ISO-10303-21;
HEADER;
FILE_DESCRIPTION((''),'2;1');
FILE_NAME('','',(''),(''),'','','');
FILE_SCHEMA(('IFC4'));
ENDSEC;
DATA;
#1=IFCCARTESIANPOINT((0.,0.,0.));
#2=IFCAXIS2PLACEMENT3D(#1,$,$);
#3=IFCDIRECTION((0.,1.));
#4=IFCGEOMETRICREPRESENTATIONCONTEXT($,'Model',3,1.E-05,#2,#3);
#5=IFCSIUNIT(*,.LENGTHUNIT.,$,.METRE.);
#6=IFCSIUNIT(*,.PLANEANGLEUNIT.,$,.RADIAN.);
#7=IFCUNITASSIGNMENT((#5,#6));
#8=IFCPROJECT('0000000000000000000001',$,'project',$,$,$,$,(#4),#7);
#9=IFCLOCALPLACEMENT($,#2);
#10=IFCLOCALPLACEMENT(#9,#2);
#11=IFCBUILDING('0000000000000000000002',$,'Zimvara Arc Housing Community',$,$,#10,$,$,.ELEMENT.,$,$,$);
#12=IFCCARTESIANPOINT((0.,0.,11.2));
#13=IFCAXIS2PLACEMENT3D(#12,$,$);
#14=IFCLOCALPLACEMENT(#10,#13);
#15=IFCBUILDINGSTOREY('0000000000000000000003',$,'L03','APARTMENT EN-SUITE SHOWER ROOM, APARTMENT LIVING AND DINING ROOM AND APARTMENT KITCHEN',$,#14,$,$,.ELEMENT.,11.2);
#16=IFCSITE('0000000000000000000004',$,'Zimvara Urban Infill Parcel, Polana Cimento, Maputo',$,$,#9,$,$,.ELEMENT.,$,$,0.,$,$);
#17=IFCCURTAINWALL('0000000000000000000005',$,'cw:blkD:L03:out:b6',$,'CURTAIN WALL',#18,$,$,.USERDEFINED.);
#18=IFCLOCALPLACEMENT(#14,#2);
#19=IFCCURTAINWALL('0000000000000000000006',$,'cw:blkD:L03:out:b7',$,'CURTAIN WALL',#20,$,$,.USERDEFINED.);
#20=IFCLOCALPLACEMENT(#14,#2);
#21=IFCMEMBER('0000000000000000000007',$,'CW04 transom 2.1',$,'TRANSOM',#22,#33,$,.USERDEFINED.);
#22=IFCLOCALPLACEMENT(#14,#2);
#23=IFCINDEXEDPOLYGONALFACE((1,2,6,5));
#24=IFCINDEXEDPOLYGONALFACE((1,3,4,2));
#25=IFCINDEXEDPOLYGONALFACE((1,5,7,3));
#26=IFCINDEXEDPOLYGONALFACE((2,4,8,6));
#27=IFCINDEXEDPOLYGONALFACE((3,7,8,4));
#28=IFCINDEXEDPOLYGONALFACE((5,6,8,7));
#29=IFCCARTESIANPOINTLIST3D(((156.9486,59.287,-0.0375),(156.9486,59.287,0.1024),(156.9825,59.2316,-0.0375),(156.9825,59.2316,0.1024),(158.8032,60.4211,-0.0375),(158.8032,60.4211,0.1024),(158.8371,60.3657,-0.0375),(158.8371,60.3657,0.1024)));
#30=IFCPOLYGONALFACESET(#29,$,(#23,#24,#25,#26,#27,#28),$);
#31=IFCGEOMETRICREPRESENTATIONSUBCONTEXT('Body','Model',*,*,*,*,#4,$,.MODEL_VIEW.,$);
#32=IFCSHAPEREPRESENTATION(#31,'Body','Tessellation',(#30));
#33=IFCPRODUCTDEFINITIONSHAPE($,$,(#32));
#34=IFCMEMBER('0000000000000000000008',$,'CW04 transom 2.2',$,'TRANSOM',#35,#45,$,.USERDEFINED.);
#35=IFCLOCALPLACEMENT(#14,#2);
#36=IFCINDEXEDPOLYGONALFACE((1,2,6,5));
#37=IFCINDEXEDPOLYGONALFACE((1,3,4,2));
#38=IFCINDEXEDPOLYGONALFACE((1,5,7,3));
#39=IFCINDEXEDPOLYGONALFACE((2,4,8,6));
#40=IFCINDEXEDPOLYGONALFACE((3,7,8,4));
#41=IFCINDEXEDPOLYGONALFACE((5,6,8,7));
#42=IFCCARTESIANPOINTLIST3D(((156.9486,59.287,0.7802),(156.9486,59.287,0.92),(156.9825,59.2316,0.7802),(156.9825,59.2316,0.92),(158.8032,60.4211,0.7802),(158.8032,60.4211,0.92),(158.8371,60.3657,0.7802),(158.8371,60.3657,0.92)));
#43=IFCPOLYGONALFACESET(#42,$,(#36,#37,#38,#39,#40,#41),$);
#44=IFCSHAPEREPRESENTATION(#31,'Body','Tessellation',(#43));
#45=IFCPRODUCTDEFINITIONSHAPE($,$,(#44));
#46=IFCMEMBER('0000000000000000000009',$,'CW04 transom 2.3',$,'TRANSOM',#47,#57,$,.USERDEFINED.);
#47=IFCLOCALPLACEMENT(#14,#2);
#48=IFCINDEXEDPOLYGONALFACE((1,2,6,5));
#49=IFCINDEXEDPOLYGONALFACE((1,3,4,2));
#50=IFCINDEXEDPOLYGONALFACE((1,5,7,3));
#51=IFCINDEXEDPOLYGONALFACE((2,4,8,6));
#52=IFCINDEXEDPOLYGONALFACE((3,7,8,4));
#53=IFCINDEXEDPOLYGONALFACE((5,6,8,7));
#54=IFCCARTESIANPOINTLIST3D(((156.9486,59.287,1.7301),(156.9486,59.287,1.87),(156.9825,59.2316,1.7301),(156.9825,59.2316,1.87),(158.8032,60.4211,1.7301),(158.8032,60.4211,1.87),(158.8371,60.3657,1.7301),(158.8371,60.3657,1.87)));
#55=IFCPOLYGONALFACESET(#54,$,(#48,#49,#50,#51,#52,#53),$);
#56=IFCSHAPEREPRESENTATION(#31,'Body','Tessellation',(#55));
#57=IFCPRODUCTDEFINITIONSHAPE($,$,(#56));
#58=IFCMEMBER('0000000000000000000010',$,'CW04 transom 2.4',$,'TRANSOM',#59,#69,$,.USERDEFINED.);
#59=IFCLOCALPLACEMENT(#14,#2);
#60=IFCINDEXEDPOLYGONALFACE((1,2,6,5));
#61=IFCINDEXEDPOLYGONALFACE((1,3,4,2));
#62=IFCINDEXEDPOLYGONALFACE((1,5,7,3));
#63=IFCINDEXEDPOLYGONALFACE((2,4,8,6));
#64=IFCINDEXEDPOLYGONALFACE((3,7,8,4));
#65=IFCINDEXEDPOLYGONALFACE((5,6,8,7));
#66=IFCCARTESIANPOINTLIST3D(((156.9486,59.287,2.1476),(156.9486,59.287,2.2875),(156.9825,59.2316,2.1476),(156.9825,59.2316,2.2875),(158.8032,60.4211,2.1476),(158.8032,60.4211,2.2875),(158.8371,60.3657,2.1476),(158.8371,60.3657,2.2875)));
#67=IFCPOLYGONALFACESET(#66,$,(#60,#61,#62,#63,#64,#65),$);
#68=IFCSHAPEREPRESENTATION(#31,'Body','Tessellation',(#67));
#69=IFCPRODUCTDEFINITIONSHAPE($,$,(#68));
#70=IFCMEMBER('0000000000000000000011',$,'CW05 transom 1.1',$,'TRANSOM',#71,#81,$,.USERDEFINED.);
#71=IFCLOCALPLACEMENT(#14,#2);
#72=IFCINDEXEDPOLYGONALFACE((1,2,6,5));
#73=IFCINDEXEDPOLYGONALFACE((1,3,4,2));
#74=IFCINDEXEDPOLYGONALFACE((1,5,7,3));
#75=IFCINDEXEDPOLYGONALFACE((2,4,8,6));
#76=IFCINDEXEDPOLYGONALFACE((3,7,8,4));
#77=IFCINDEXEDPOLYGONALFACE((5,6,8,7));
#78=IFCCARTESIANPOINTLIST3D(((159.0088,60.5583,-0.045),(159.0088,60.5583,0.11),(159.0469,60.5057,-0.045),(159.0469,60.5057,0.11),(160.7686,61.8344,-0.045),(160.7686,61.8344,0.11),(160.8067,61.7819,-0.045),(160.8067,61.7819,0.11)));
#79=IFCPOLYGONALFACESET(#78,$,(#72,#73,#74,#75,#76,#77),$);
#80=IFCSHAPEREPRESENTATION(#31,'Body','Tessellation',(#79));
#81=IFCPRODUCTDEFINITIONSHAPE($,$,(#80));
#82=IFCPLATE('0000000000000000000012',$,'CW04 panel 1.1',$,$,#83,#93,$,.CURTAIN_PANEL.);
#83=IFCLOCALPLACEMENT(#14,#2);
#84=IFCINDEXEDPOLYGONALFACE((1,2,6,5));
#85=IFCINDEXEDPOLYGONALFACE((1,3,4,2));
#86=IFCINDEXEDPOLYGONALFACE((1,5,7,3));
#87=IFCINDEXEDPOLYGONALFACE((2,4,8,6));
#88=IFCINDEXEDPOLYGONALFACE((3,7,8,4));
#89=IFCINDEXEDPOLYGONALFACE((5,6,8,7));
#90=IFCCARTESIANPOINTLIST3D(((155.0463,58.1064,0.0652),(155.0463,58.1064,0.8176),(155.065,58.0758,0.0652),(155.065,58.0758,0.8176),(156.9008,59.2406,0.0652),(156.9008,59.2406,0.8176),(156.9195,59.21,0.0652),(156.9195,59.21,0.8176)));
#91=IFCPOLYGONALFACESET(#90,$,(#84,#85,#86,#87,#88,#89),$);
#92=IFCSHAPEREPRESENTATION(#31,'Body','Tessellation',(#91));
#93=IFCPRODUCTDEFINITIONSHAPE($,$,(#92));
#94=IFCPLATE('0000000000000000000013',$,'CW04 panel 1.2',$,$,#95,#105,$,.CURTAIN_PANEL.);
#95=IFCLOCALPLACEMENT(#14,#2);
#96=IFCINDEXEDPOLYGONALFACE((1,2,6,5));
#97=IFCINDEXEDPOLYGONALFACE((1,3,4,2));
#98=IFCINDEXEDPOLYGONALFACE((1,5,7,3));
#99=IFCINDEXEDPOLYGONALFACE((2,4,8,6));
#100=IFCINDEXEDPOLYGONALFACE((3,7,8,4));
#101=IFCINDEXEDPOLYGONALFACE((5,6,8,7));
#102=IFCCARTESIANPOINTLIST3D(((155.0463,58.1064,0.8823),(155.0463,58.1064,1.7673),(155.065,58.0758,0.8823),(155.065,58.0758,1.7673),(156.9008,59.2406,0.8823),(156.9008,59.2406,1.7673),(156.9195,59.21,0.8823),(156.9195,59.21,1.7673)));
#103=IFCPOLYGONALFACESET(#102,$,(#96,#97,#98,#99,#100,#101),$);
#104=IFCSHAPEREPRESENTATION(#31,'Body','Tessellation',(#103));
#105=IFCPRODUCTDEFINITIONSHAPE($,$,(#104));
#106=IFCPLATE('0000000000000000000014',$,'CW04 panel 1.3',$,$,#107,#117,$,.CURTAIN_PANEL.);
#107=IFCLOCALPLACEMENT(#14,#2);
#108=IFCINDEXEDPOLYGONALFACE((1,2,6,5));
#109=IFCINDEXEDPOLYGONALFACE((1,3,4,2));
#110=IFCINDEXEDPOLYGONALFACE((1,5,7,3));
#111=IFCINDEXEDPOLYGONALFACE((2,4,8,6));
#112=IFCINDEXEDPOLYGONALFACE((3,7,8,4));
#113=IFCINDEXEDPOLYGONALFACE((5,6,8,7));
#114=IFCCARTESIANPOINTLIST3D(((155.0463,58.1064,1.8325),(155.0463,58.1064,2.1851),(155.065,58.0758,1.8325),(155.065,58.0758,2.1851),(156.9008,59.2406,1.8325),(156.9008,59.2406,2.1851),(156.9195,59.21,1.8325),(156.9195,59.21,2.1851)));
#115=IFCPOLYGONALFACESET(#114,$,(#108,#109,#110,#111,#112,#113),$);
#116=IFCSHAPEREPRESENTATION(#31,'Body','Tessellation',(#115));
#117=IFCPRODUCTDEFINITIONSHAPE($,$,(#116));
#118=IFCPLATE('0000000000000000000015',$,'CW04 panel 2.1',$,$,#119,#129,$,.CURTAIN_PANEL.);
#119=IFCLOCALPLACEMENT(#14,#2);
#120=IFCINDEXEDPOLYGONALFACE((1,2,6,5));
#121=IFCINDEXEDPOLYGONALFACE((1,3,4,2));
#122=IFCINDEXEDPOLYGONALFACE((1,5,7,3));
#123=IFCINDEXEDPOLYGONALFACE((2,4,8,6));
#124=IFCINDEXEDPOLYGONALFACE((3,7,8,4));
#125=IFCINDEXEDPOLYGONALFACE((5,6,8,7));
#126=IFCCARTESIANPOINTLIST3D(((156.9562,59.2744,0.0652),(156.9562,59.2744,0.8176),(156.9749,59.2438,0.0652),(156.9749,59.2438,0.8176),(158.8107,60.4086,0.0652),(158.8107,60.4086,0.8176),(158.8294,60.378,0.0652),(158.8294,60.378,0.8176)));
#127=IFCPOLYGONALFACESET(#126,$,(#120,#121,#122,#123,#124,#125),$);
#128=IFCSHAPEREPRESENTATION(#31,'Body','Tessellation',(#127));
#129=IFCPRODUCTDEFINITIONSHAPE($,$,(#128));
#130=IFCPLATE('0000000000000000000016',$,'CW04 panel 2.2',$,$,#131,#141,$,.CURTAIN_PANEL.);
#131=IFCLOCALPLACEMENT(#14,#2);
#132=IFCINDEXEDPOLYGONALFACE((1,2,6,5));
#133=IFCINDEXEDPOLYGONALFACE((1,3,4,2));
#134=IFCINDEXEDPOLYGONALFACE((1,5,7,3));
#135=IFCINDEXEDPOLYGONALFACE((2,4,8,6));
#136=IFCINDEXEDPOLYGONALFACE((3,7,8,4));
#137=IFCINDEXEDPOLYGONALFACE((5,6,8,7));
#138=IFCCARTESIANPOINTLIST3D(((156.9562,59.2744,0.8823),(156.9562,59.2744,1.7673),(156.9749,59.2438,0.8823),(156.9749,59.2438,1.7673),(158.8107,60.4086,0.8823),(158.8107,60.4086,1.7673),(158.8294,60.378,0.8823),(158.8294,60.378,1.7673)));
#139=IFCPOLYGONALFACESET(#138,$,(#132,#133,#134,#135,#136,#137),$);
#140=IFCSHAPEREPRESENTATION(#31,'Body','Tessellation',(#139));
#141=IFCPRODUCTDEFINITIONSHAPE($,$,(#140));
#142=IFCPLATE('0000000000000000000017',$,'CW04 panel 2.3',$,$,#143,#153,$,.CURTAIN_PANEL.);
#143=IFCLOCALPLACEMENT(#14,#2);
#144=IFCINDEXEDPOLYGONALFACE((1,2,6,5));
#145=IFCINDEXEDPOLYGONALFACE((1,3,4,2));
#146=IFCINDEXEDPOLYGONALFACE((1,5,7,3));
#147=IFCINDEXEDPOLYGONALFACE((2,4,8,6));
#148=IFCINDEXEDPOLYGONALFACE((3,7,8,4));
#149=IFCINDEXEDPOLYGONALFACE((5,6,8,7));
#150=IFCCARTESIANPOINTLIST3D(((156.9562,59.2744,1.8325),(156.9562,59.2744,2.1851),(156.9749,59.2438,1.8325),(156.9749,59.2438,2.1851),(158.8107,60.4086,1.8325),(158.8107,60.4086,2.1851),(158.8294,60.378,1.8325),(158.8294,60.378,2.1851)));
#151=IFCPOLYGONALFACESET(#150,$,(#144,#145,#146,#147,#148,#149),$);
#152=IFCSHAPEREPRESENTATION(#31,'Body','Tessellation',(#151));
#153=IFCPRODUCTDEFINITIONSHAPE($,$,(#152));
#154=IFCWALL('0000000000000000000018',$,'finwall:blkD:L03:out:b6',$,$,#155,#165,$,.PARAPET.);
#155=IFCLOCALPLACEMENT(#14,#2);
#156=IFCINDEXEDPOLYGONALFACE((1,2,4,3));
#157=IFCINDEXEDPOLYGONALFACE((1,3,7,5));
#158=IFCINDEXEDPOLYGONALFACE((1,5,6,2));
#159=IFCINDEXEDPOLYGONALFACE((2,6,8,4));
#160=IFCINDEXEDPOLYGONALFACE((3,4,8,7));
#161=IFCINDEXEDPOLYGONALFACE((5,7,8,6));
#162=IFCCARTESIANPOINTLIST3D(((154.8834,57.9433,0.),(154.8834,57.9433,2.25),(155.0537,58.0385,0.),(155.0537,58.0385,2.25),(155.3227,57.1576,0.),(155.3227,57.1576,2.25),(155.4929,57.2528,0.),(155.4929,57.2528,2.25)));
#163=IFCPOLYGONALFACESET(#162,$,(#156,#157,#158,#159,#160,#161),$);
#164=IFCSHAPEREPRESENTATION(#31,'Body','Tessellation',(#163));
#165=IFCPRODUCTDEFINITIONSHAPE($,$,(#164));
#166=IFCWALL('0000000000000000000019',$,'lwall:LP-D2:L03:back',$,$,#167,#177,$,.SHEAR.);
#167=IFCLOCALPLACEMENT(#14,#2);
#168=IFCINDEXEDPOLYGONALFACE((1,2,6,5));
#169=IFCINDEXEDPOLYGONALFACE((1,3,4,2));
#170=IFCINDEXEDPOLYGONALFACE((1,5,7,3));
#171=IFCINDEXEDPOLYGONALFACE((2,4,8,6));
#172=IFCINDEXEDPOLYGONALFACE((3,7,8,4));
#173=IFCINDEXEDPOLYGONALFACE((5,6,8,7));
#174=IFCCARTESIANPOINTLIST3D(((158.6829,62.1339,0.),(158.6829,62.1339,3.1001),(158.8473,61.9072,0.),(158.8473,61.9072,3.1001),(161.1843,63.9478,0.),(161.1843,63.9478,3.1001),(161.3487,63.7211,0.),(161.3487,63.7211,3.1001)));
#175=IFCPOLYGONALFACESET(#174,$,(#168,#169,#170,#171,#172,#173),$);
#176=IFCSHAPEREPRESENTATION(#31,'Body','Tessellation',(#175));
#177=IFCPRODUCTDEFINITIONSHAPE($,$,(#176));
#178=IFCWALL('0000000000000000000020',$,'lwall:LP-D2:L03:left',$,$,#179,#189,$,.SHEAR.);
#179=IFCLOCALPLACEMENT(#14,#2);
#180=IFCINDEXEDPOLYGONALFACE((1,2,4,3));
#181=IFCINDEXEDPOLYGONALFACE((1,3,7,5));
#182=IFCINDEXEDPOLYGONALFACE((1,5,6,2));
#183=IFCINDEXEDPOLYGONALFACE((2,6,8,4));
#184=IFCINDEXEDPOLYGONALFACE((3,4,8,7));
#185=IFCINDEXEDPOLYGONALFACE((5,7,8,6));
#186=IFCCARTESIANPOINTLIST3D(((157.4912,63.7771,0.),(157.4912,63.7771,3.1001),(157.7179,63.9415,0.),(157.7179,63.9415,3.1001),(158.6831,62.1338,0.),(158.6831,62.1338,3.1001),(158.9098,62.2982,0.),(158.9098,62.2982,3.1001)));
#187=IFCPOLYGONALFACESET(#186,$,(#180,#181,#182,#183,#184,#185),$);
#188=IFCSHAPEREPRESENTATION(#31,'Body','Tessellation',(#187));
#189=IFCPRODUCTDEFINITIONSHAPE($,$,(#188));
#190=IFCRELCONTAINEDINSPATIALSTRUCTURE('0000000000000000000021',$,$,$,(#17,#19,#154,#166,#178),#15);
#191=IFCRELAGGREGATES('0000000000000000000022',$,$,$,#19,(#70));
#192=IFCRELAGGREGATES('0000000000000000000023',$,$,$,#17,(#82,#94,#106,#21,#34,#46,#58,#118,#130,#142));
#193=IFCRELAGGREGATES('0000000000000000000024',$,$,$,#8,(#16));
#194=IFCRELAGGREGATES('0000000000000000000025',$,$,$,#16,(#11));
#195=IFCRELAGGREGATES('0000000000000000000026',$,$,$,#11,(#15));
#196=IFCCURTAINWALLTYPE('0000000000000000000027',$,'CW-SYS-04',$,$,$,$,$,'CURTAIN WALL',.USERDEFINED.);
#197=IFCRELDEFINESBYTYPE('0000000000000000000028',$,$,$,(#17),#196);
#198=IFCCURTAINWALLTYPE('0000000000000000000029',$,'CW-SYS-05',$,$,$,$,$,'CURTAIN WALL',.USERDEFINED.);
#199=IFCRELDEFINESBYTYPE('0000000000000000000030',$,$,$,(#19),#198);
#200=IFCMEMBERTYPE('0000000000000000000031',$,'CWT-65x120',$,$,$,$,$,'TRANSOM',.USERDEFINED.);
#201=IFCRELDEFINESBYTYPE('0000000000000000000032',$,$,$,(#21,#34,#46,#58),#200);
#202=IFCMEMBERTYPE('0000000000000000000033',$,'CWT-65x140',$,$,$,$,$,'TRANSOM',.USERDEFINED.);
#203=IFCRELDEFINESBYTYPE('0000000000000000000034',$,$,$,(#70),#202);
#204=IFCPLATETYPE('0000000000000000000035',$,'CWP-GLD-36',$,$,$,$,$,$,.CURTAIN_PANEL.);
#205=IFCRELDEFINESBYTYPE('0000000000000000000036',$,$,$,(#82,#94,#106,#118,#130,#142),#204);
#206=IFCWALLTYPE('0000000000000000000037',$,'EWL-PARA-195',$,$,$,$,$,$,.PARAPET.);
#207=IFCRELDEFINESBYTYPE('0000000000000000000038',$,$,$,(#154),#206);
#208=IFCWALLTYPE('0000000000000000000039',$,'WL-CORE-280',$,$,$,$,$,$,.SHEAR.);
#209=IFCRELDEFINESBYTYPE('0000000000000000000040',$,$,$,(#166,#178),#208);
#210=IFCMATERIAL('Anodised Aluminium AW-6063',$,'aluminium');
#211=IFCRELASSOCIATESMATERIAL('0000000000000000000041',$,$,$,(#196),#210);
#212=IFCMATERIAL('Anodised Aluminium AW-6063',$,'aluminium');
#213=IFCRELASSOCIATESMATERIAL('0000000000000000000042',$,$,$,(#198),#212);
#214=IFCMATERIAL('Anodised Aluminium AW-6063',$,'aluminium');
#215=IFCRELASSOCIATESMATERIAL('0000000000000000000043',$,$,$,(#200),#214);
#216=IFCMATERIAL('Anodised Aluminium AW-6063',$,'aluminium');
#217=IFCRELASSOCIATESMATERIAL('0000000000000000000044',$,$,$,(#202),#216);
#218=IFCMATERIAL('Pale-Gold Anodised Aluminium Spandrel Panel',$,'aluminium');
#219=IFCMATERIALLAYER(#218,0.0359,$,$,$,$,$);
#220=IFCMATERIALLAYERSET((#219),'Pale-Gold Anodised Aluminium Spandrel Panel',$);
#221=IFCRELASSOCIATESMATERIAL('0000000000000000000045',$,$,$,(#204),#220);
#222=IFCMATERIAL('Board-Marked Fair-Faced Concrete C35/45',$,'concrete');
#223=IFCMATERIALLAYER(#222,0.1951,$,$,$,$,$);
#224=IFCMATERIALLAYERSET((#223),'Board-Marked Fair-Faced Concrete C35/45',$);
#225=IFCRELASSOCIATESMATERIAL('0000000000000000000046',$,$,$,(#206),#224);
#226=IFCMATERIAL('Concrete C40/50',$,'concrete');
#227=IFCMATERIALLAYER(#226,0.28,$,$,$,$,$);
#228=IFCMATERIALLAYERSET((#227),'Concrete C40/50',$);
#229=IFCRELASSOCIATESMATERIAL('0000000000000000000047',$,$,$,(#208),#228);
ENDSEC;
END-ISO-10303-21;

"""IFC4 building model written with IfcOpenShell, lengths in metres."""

from ifc_helpers import new_model, si_unit, direction, frame, frame_2d, origin, origin_2d, place, context, subcontext, project, spatial, rectangle, extrude, material, layer, layer_set, material_profile, profile_set, type_object, element, aggregate, save


model = new_model("IFC4")

# Units and contexts
model_context = context("Model", 3, precision=1e-05, world=origin(), true_north=direction((0.0, 1.0)))
body_context = subcontext(model_context, "Body", "Model", "MODEL_VIEW")
ifc_project = project(units=[si_unit("LENGTHUNIT", "METRE"), si_unit("PLANEANGLEUNIT", "RADIAN")], contexts=[model_context])

# Site, building, storey
site_placement = place(None, origin())
site = spatial("IfcSite", under=ifc_project, at=site_placement, Name="Zimvara Urban Infill Parcel, Polana Cimento, Maputo", CompositionType="ELEMENT", RefElevation=0.0)
building_placement = place(site_placement, origin())
building = spatial("IfcBuilding", under=site, at=building_placement, Name="Zimvara Arc Housing Community", CompositionType="ELEMENT")
storey_placement = place(building_placement, frame((0.0, 0.0, 11.2)))
storey = spatial("IfcBuildingStorey", under=building, at=storey_placement, Name="L03", Description="APARTMENT EN-SUITE SHOWER ROOM, APARTMENT LIVING AND DINING ROOM AND APARTMENT KITCHEN", CompositionType="ELEMENT", Elevation=11.2)

# Curtain wall
ifc_material_1 = material(Name="Anodised Aluminium AW-6063", Category="aluminium")
curtain_wall_type_1 = type_object("IfcCurtainWallType", Name="CW-SYS-04", ElementType="CURTAIN WALL", PredefinedType="USERDEFINED", material=ifc_material_1)
curtain_wall_1_placement = place(storey_placement, origin())
curtain_wall_1 = element("IfcCurtainWall", 1, at=curtain_wall_1_placement, inside=storey, type_object=curtain_wall_type_1, Name="cw:blkD:L03:out:b6", ObjectType="CURTAIN WALL", PredefinedType="USERDEFINED")

# Curtain wall
ifc_material_2 = material(Name="Anodised Aluminium AW-6063", Category="aluminium")
curtain_wall_type_2 = type_object("IfcCurtainWallType", Name="CW-SYS-05", ElementType="CURTAIN WALL", PredefinedType="USERDEFINED", material=ifc_material_2)
curtain_wall_2_placement = place(storey_placement, origin())
curtain_wall_2 = element("IfcCurtainWall", 2, at=curtain_wall_2_placement, inside=storey, type_object=curtain_wall_type_2, Name="cw:blkD:L03:out:b7", ObjectType="CURTAIN WALL", PredefinedType="USERDEFINED")

# Members
ifc_material_3 = material(Name="Anodised Aluminium AW-6063", Category="aluminium")
ifc_material_profile_1 = material_profile(ifc_material_3, rectangle(XDim=0.0649, YDim=0.1399, at=origin_2d()), Name="ALU 65x140")
ifc_profile_set_1 = profile_set([ifc_material_profile_1], Name="Anodised Aluminium AW-6063")
member_type_1 = type_object("IfcMemberType", Name="CWT-65x120", ElementType="TRANSOM", PredefinedType="USERDEFINED", material=ifc_profile_set_1)
member_1_placement = place(storey_placement, frame((156.9656, 59.2593, 0.0325), z_axis=(0.853132, 0.521695, 0.0), x_axis=(-0.521695, 0.853132, 0.0)))
member_1 = element("IfcMember", 3, at=member_1_placement, type_object=member_type_1, Name="CW04 transom 2.1", ObjectType="TRANSOM", PredefinedType="USERDEFINED", context=body_context, shape_type="SweptSolid", body=[
    extrude(rectangle(XDim=0.0649, YDim=0.1399, at=origin_2d()), origin(), (0.0, 0.0, 1.0), 2.1738),
])
member_2_placement = place(storey_placement, frame((156.9656, 59.2593, 0.8501), z_axis=(0.853132, 0.521695, 0.0), x_axis=(-0.521695, 0.853132, 0.0)))
member_2 = element("IfcMember", 4, at=member_2_placement, type_object=member_type_1, Name="CW04 transom 2.2", ObjectType="TRANSOM", PredefinedType="USERDEFINED", context=body_context, shape_type="SweptSolid", body=[
    extrude(rectangle(XDim=0.0649, YDim=0.1399, at=origin_2d()), origin(), (0.0, 0.0, 1.0), 2.1738),
])
member_3_placement = place(storey_placement, frame((156.9656, 59.2593, 1.8), z_axis=(0.853132, 0.521695, 0.0), x_axis=(-0.521695, 0.853132, 0.0)))
member_3 = element("IfcMember", 5, at=member_3_placement, type_object=member_type_1, Name="CW04 transom 2.3", ObjectType="TRANSOM", PredefinedType="USERDEFINED", context=body_context, shape_type="SweptSolid", body=[
    extrude(rectangle(XDim=0.0649, YDim=0.1399, at=origin_2d()), origin(), (0.0, 0.0, 1.0), 2.1738),
])
member_4_placement = place(storey_placement, frame((156.9656, 59.2593, 2.2175), z_axis=(0.853132, 0.521695, 0.0), x_axis=(-0.521695, 0.853132, 0.0)))
member_4 = element("IfcMember", 6, at=member_4_placement, type_object=member_type_1, Name="CW04 transom 2.4", ObjectType="TRANSOM", PredefinedType="USERDEFINED", context=body_context, shape_type="SweptSolid", body=[
    extrude(rectangle(XDim=0.0649, YDim=0.1399, at=origin_2d()), origin(), (0.0, 0.0, 1.0), 2.1738),
])
ifc_material_4 = material(Name="Anodised Aluminium AW-6063", Category="aluminium")
ifc_material_profile_2 = material_profile(ifc_material_4, rectangle(XDim=0.0649, YDim=0.155, at=origin_2d()), Name="ALU 65x155")
ifc_profile_set_2 = profile_set([ifc_material_profile_2], Name="Anodised Aluminium AW-6063")
member_type_2 = type_object("IfcMemberType", Name="CWT-65x140", ElementType="TRANSOM", PredefinedType="USERDEFINED", material=ifc_profile_set_2)
member_5_placement = place(storey_placement, frame((159.0278, 60.532, 0.0325), z_axis=(0.809546, 0.587056, 0.0), x_axis=(-0.587056, 0.809546, 0.0)))
member_5 = element("IfcMember", 7, at=member_5_placement, type_object=member_type_2, Name="CW05 transom 1.1", ObjectType="TRANSOM", PredefinedType="USERDEFINED", context=body_context, shape_type="SweptSolid", body=[
    extrude(rectangle(XDim=0.0649, YDim=0.155, at=origin_2d()), origin(), (0.0, 0.0, 1.0), 2.1738),
])
aggregate(curtain_wall_2, [member_5])

# Plates
ifc_material_5 = material(Name="Pale-Gold Anodised Aluminium Spandrel Panel", Category="aluminium")
ifc_layer_1 = layer(ifc_material_5, 0.0359)
ifc_layer_set_1 = layer_set([ifc_layer_1], Name="Pale-Gold Anodised Aluminium Spandrel Panel")
plate_type = type_object("IfcPlateType", Name="CWP-GLD-36", PredefinedType="CURTAIN_PANEL", material=ifc_layer_set_1)
plate_1_placement = place(storey_placement, frame((155.9829, 58.6582, 0.0652), z_axis=(0.0, 0.0, 1.0), x_axis=(0.853096, 0.521754, 0.0)))
plate_1 = element("IfcPlate", 8, at=plate_1_placement, type_object=plate_type, Name="CW04 panel 1.1", PredefinedType="CURTAIN_PANEL", context=body_context, shape_type="SweptSolid", body=[
    extrude(rectangle(XDim=2.1738, YDim=0.0359, at=origin_2d()), origin(), (0.0, 0.0, 1.0), 0.7524),
])
plate_2_placement = place(storey_placement, frame((155.9829, 58.6582, 0.8823), z_axis=(0.0, 0.0, 1.0), x_axis=(0.853096, 0.521754, 0.0)))
plate_2 = element("IfcPlate", 9, at=plate_2_placement, type_object=plate_type, Name="CW04 panel 1.2", PredefinedType="CURTAIN_PANEL", context=body_context, shape_type="SweptSolid", body=[
    extrude(rectangle(XDim=2.1738, YDim=0.0359, at=origin_2d()), origin(), (0.0, 0.0, 1.0), 0.885),
])
plate_3_placement = place(storey_placement, frame((155.9829, 58.6582, 1.8325), z_axis=(0.0, 0.0, 1.0), x_axis=(0.853096, 0.521754, 0.0)))
plate_3 = element("IfcPlate", 10, at=plate_3_placement, type_object=plate_type, Name="CW04 panel 1.3", PredefinedType="CURTAIN_PANEL", context=body_context, shape_type="SweptSolid", body=[
    extrude(rectangle(XDim=2.1738, YDim=0.0359, at=origin_2d()), origin(), (0.0, 0.0, 1.0), 0.3525),
])
plate_4_placement = place(storey_placement, frame((157.8928, 59.8262, 0.0652), z_axis=(0.0, 0.0, 1.0), x_axis=(0.853096, 0.521754, 0.0)))
plate_4 = element("IfcPlate", 11, at=plate_4_placement, type_object=plate_type, Name="CW04 panel 2.1", PredefinedType="CURTAIN_PANEL", context=body_context, shape_type="SweptSolid", body=[
    extrude(rectangle(XDim=2.1738, YDim=0.0359, at=origin_2d()), origin(), (0.0, 0.0, 1.0), 0.7524),
])
plate_5_placement = place(storey_placement, frame((157.8928, 59.8262, 0.8823), z_axis=(0.0, 0.0, 1.0), x_axis=(0.853096, 0.521754, 0.0)))
plate_5 = element("IfcPlate", 12, at=plate_5_placement, type_object=plate_type, Name="CW04 panel 2.2", PredefinedType="CURTAIN_PANEL", context=body_context, shape_type="SweptSolid", body=[
    extrude(rectangle(XDim=2.1738, YDim=0.0359, at=origin_2d()), origin(), (0.0, 0.0, 1.0), 0.885),
])
plate_6_placement = place(storey_placement, frame((157.8928, 59.8262, 1.8325), z_axis=(0.0, 0.0, 1.0), x_axis=(0.853096, 0.521754, 0.0)))
plate_6 = element("IfcPlate", 13, at=plate_6_placement, type_object=plate_type, Name="CW04 panel 2.3", PredefinedType="CURTAIN_PANEL", context=body_context, shape_type="SweptSolid", body=[
    extrude(rectangle(XDim=2.1738, YDim=0.0359, at=origin_2d()), origin(), (0.0, 0.0, 1.0), 0.3525),
])
aggregate(curtain_wall_1, [plate_1, plate_2, plate_3, member_1, member_2, member_3, member_4, plate_4, plate_5, plate_6])

# Wall
ifc_material_6 = material(Name="Board-Marked Fair-Faced Concrete C35/45", Category="concrete")
ifc_layer_2 = layer(ifc_material_6, 0.1951)
ifc_layer_set_2 = layer_set([ifc_layer_2], Name="Board-Marked Fair-Faced Concrete C35/45")
wall_type_1 = type_object("IfcWallType", Name="EWL-PARA-195", PredefinedType="PARAPET", material=ifc_layer_set_2)
wall_1_placement = place(storey_placement, frame((154.9685, 57.991, 0.0), z_axis=(0.0, 0.0, 1.0), x_axis=(0.487967, -0.872862, 0.0)))
element("IfcWall", 14, at=wall_1_placement, inside=storey, type_object=wall_type_1, Name="finwall:blkD:L03:out:b6", PredefinedType="PARAPET", context=body_context, shape_type="SweptSolid", body=[
    extrude(rectangle(XDim=0.9001, YDim=0.1951, at=frame_2d((0.4502, 0.0))), origin(), (0.0, 0.0, 1.0), 2.25),
])

# Shared definitions
ifc_material_7 = material(Name="Concrete C40/50", Category="concrete")
ifc_layer_3 = layer(ifc_material_7, 0.28)
ifc_layer_set_3 = layer_set([ifc_layer_3], Name="Concrete C40/50")
wall_type_2 = type_object("IfcWallType", Name="WL-CORE-280", PredefinedType="SHEAR", material=ifc_layer_set_3)

# Walls
wall_2_placement = place(storey_placement, frame((158.7651, 62.0205, 0.0), z_axis=(0.0, 0.0, 1.0), x_axis=(0.809548, 0.587053, 0.0)))
element("IfcWall", 15, at=wall_2_placement, inside=storey, type_object=wall_type_2, Name="lwall:LP-D2:L03:back", PredefinedType="SHEAR", context=body_context, shape_type="SweptSolid", body=[
    extrude(rectangle(XDim=3.0898, YDim=0.28, at=frame_2d((1.5449, 0.0))), origin(), (0.0, 0.0, 1.0), 3.1001),
])
wall_3_placement = place(storey_placement, frame((157.6045, 63.8594, 0.0), z_axis=(0.0, 0.0, 1.0), x_axis=(0.587127, -0.809495, 0.0)))
element("IfcWall", 16, at=wall_3_placement, inside=storey, type_object=wall_type_2, Name="lwall:LP-D2:L03:left", PredefinedType="SHEAR", context=body_context, shape_type="SweptSolid", body=[
    extrude(rectangle(XDim=2.03, YDim=0.28, at=frame_2d((1.0151, 0.0))), origin(), (0.0, 0.0, 1.0), 3.1001),
])

save(model, "model.ifc")
